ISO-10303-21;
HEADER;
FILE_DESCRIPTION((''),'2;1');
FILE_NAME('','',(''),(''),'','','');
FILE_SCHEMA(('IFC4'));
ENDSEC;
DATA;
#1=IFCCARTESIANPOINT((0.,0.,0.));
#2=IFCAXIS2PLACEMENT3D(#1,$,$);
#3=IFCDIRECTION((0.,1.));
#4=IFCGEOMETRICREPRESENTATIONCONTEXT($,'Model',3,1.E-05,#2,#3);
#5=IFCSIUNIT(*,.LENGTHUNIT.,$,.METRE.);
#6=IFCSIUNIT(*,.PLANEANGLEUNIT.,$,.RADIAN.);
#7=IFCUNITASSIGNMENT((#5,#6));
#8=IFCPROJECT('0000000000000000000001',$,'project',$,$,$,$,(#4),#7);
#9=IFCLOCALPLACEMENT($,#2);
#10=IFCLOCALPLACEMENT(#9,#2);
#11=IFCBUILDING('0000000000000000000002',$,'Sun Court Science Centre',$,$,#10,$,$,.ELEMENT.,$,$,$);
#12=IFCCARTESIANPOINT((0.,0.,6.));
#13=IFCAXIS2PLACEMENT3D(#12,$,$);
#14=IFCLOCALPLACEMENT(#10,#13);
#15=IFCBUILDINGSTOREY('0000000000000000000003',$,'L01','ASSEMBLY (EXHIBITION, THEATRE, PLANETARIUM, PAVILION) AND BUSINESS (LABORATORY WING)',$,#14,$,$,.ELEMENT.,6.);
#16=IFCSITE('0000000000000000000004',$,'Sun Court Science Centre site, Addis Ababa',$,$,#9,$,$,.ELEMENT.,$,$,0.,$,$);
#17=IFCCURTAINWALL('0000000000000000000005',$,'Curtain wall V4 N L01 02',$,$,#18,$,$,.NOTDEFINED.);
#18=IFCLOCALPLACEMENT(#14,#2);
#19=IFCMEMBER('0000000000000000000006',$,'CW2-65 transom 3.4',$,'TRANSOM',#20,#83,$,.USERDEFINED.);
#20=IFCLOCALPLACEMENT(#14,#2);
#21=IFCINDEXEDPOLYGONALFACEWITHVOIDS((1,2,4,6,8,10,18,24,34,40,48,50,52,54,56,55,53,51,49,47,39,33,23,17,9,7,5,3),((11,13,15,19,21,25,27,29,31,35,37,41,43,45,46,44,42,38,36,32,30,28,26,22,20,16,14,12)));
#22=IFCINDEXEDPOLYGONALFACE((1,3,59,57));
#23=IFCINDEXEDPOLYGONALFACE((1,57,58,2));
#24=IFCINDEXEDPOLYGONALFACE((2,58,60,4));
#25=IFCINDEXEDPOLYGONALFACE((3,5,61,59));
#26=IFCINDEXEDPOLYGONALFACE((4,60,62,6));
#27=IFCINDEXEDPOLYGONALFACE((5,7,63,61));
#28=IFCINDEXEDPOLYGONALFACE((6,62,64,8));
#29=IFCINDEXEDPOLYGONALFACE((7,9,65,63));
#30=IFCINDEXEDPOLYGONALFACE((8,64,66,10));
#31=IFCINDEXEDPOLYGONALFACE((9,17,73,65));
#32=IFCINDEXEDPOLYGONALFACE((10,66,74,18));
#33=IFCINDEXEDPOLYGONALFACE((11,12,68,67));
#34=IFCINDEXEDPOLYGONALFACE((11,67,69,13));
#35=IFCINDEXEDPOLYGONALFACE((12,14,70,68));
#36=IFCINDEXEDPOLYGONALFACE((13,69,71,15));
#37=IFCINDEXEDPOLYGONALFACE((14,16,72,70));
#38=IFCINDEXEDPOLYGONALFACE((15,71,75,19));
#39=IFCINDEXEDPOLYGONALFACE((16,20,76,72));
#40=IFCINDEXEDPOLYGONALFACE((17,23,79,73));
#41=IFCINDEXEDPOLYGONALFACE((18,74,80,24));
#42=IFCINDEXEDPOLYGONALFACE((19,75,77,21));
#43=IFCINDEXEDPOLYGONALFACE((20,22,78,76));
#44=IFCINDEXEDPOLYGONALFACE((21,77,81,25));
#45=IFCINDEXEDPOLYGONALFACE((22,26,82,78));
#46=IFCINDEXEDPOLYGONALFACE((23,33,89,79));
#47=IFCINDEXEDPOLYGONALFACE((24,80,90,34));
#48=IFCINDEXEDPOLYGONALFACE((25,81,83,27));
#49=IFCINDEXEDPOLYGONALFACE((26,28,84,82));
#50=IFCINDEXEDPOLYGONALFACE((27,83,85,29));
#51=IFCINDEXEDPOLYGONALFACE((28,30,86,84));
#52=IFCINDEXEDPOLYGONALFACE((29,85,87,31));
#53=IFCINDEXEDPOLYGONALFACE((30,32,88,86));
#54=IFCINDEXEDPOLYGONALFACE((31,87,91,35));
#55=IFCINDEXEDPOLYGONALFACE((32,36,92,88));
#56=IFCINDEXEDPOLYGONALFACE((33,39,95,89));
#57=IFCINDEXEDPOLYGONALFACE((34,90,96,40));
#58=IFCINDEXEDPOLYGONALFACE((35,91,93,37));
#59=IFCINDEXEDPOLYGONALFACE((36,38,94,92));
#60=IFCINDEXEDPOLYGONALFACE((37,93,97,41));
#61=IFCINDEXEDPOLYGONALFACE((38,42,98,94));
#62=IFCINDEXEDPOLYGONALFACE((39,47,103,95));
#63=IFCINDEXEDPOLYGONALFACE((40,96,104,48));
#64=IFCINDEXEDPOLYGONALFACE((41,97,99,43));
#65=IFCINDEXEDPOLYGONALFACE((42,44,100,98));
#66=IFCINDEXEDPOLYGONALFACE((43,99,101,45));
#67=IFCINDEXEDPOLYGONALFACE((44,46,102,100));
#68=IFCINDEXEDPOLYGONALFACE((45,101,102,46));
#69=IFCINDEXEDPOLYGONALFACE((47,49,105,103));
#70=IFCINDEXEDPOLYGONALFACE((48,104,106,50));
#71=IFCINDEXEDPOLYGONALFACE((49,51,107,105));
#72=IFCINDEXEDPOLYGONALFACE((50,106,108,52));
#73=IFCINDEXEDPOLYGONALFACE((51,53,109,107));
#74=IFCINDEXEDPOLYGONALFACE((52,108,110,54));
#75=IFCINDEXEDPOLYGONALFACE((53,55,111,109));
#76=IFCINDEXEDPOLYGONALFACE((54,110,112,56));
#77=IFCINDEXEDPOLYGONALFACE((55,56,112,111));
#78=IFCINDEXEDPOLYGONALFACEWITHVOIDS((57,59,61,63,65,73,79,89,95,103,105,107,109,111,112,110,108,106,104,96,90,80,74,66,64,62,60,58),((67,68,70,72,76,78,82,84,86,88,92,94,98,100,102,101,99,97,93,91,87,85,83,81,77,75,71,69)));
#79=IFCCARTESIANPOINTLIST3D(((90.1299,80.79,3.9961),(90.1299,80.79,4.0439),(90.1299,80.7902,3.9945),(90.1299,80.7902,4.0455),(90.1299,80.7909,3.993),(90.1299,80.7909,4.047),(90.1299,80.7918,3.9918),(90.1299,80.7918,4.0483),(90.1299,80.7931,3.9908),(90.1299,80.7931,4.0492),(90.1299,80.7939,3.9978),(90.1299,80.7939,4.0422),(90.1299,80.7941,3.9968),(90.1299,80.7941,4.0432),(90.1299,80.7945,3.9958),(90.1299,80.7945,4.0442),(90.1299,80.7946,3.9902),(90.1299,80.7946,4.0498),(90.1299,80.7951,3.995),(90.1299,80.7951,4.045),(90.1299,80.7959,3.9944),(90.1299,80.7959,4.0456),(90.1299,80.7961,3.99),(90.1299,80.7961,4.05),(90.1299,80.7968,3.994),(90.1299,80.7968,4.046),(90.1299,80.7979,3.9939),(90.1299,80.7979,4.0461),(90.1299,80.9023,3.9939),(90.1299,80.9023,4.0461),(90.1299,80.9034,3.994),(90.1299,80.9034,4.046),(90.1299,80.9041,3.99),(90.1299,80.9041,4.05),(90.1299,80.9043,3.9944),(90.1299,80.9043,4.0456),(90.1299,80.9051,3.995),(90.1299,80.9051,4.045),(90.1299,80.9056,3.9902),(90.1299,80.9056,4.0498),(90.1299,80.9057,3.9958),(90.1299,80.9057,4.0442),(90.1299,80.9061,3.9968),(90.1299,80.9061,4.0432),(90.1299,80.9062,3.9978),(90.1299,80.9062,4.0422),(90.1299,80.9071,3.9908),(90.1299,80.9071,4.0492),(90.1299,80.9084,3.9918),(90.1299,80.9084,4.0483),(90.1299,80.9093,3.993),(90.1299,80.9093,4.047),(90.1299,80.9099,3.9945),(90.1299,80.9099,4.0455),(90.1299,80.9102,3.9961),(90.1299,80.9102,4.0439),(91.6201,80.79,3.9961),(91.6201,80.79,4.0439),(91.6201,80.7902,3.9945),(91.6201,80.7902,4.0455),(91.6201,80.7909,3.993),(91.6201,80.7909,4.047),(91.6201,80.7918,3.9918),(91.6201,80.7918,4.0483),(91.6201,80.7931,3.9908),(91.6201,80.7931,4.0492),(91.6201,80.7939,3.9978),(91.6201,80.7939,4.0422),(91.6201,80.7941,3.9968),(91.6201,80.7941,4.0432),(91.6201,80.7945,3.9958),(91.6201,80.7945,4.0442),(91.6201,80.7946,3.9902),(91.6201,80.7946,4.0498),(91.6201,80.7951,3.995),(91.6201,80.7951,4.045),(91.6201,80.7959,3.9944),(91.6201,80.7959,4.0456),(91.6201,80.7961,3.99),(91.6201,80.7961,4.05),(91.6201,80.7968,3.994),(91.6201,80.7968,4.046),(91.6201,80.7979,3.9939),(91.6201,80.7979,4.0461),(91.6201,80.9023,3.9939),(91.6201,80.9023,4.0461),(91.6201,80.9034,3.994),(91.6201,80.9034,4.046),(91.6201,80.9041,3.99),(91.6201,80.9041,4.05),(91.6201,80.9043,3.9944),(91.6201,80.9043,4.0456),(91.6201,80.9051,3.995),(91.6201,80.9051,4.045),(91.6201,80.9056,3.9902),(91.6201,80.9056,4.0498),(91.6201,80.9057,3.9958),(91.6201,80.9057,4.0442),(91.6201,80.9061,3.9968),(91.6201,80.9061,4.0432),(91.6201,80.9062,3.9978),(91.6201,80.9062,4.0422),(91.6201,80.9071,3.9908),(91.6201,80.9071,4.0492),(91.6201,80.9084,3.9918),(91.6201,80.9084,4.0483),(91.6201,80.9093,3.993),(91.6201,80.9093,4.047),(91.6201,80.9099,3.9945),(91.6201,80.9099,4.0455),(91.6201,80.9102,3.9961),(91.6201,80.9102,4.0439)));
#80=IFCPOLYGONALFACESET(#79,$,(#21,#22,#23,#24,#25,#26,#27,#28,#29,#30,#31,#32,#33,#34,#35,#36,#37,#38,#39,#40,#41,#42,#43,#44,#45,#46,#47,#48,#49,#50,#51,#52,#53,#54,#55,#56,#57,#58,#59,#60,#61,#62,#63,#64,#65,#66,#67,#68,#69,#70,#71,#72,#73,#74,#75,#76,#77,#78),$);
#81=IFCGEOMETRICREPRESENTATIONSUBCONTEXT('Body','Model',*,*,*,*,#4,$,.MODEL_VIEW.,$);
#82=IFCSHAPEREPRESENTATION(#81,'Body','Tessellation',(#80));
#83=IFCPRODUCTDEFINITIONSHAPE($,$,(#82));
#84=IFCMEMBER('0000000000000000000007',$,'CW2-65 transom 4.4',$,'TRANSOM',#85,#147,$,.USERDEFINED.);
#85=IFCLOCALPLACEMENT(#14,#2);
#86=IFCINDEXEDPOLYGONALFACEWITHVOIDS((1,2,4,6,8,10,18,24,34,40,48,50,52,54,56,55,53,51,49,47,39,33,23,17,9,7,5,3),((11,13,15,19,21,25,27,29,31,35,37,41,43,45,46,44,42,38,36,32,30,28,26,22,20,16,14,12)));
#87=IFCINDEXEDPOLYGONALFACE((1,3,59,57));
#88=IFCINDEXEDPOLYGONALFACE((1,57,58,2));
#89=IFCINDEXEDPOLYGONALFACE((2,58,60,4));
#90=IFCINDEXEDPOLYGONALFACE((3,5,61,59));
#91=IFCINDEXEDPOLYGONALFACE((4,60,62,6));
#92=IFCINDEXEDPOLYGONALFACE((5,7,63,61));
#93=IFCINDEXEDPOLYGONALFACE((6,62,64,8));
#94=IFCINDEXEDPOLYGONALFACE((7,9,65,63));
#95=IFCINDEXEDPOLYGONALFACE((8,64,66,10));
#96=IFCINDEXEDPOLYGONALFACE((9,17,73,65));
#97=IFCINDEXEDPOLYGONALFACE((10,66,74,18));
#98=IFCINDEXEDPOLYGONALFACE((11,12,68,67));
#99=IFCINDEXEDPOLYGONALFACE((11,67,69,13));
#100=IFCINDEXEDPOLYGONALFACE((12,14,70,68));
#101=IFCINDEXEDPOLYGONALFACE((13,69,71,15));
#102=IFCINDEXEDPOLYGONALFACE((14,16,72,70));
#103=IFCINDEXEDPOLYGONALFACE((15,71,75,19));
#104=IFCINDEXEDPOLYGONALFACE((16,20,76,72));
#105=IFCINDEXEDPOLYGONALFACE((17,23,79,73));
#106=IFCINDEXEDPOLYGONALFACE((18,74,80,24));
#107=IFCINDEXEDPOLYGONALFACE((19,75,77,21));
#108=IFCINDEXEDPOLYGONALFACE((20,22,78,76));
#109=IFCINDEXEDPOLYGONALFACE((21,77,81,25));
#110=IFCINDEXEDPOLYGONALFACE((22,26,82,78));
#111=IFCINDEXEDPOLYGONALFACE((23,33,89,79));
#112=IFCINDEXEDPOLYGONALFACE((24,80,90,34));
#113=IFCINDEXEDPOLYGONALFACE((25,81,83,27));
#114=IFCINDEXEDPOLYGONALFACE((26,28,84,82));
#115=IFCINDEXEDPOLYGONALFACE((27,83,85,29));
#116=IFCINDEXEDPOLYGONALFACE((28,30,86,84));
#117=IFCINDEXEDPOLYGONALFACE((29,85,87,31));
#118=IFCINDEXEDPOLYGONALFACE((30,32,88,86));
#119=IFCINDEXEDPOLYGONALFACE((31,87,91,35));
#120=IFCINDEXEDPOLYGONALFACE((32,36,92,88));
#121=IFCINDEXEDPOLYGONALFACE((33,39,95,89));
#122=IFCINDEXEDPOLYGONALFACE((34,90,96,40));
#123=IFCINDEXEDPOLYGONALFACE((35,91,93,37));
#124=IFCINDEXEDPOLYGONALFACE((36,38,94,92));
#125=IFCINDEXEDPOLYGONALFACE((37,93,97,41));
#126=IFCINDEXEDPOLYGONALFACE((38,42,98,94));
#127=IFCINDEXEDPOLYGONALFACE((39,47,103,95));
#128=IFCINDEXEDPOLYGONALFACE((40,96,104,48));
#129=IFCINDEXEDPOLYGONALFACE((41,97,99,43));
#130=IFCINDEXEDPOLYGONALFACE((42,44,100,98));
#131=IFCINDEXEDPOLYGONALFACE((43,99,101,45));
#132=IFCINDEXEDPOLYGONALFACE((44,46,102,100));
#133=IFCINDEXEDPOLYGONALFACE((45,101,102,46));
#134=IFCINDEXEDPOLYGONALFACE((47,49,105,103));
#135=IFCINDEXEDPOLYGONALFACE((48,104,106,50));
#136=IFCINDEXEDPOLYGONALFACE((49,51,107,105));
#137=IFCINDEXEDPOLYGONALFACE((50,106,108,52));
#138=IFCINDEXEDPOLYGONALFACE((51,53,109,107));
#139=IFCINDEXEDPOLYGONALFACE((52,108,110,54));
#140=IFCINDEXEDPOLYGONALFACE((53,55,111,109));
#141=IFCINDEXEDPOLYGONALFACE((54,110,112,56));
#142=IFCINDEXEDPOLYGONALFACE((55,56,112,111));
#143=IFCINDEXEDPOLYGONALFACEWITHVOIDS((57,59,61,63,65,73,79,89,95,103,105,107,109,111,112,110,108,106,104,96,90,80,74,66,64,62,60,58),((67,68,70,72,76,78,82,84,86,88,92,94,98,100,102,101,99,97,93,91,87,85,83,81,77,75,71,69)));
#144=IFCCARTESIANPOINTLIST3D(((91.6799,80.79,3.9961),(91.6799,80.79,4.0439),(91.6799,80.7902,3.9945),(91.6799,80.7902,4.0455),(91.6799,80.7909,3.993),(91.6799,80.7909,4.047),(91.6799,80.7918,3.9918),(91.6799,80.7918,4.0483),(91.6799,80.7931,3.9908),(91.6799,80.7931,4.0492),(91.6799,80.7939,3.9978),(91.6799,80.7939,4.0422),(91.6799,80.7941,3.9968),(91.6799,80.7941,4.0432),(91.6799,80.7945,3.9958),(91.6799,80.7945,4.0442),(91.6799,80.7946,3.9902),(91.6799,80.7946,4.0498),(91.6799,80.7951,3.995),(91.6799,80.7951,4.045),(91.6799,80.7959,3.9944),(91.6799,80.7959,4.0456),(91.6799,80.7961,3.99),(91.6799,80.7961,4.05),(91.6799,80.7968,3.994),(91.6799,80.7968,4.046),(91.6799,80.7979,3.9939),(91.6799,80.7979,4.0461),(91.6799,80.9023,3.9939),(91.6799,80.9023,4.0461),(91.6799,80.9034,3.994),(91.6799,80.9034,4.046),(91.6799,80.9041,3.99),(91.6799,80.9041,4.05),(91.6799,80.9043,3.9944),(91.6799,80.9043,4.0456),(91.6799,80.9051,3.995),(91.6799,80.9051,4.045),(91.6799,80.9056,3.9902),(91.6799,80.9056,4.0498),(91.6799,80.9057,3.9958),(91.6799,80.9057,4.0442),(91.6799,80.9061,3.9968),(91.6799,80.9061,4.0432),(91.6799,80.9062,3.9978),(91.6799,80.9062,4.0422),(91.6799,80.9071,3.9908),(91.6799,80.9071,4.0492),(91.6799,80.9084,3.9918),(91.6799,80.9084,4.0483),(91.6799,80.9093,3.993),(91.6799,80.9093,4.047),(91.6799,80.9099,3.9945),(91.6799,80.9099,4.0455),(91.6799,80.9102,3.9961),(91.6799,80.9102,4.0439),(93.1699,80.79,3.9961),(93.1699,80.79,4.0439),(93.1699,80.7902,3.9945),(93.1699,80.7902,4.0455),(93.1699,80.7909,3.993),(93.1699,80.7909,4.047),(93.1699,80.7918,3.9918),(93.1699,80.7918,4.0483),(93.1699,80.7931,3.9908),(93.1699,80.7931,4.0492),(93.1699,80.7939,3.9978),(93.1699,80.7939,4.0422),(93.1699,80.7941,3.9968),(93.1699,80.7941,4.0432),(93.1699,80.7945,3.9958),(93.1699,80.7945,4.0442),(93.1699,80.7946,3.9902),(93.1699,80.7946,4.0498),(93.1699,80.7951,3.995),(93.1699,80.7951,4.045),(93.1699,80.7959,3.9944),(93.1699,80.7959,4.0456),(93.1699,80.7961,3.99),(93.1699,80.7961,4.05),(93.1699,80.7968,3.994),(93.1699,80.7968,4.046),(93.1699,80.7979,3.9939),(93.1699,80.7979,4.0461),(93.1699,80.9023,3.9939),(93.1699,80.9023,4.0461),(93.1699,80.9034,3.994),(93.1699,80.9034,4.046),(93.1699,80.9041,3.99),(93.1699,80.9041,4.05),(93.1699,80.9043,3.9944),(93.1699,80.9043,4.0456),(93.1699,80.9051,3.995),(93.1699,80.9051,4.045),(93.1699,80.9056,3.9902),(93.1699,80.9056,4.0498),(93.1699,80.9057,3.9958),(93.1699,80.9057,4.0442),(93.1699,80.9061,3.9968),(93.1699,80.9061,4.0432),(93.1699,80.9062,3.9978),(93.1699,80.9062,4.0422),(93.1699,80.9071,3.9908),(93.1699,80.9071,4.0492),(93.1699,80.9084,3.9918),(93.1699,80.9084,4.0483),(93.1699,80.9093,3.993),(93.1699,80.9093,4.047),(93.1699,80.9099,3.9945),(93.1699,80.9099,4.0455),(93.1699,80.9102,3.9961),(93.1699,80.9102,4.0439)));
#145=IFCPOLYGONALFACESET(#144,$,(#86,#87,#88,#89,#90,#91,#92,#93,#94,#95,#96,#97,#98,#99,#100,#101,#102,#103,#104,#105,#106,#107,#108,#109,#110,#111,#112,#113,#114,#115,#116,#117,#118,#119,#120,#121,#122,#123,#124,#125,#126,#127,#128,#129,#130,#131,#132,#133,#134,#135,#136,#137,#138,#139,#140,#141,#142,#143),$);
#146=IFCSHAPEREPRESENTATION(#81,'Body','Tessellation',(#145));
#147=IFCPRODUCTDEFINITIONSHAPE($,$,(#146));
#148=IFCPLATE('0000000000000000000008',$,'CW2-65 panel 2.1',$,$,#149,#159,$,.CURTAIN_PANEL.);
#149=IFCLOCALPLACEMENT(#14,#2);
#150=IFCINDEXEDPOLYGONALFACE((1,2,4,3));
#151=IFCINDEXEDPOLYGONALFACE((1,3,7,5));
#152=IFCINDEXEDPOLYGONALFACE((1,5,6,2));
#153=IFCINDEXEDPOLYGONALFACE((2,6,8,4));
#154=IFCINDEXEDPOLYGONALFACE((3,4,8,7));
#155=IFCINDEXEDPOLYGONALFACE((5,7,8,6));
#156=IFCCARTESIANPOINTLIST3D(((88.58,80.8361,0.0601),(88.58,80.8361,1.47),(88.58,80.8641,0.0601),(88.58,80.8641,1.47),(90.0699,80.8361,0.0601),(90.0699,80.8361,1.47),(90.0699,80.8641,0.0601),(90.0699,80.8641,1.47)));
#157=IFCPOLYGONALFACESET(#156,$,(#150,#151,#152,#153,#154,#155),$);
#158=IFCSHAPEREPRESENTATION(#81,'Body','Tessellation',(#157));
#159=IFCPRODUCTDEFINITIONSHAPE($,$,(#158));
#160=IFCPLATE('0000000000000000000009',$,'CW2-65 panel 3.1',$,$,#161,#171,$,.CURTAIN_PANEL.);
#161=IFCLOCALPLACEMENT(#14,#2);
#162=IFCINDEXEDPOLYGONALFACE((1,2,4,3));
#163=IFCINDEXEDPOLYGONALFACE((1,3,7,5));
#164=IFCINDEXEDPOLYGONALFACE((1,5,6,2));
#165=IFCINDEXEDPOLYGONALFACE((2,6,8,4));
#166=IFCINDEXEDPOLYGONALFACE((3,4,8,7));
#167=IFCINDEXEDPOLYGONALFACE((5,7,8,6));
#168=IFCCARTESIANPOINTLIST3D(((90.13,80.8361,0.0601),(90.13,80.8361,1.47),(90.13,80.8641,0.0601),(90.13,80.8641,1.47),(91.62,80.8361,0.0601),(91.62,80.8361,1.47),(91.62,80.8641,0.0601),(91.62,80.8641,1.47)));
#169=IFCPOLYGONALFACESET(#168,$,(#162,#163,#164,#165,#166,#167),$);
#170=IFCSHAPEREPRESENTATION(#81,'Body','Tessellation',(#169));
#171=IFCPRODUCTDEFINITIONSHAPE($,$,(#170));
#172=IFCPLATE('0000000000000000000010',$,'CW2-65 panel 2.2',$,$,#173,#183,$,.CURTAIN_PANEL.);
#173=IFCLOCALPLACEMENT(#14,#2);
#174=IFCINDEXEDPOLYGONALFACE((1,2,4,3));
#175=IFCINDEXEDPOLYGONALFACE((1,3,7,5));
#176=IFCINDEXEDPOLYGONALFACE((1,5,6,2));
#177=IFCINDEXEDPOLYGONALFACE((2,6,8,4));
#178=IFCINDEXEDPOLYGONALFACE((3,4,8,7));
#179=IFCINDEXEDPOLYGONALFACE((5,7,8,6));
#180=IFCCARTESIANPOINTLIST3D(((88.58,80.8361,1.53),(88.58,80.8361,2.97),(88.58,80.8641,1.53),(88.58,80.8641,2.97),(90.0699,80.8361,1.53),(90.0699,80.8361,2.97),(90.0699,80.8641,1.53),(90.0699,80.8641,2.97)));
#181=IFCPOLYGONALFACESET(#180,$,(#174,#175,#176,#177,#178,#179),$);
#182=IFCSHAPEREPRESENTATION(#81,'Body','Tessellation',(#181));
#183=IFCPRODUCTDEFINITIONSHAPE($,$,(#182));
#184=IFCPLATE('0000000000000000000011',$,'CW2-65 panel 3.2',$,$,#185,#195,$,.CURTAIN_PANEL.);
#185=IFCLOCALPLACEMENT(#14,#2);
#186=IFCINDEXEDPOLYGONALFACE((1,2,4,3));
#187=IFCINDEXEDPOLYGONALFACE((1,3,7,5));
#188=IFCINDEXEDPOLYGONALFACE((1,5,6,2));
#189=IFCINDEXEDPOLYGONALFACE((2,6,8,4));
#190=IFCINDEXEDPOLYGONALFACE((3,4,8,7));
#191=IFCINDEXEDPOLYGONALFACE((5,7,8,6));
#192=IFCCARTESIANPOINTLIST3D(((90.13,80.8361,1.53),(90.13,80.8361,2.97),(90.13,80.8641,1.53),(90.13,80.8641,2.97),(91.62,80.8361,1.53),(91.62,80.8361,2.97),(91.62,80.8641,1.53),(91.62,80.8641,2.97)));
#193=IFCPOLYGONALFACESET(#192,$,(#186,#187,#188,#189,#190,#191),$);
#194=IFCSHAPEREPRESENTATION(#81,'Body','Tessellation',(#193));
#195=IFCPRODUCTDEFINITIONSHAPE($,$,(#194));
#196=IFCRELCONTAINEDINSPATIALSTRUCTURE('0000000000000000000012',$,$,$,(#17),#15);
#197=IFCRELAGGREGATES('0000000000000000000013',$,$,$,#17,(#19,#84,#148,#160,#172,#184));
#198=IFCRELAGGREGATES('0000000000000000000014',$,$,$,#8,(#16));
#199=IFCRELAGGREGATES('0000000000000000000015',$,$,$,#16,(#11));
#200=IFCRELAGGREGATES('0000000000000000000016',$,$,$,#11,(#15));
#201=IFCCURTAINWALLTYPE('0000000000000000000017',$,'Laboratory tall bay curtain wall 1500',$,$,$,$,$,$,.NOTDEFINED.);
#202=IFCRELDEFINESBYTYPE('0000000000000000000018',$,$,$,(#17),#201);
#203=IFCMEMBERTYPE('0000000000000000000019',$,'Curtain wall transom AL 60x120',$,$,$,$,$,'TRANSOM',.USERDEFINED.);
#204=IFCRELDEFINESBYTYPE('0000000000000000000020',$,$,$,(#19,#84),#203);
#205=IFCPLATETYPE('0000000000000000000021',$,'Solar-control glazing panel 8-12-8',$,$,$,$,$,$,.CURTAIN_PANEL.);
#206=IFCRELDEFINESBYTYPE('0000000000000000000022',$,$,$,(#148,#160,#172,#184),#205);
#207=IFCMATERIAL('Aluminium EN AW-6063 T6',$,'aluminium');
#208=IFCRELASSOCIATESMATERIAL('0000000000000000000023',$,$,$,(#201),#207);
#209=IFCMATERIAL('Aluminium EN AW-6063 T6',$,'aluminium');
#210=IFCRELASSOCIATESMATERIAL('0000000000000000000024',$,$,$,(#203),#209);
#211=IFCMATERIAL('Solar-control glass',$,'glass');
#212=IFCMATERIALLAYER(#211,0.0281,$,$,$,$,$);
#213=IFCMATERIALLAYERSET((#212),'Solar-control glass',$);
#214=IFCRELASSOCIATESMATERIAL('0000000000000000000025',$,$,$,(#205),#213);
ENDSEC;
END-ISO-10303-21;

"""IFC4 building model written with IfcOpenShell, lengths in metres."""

from ifc_helpers import new_model, si_unit, direction, frame, origin, origin_2d, place, context, subcontext, project, spatial, rectangle, hollow_rectangle, extrude, material, layer, layer_set, material_profile, profile_set, type_object, element, aggregate, save


model = new_model("IFC4")

# Units and contexts
model_context = context("Model", 3, precision=1e-05, world=origin(), true_north=direction((0.0, 1.0)))
body_context = subcontext(model_context, "Body", "Model", "MODEL_VIEW")
ifc_project = project(units=[si_unit("LENGTHUNIT", "METRE"), si_unit("PLANEANGLEUNIT", "RADIAN")], contexts=[model_context])

# Site, building, storey
site_placement = place(None, origin())
site = spatial("IfcSite", under=ifc_project, at=site_placement, Name="Sun Court Science Centre site, Addis Ababa", CompositionType="ELEMENT", RefElevation=0.0)
building_placement = place(site_placement, origin())
building = spatial("IfcBuilding", under=site, at=building_placement, Name="Sun Court Science Centre", CompositionType="ELEMENT")
storey_placement = place(building_placement, frame((0.0, 0.0, 6.0)))
storey = spatial("IfcBuildingStorey", under=building, at=storey_placement, Name="L01", Description="ASSEMBLY (EXHIBITION, THEATRE, PLANETARIUM, PAVILION) AND BUSINESS (LABORATORY WING)", CompositionType="ELEMENT", Elevation=6.0)

# Curtain wall, members, plates
ifc_material_1 = material(Name="Aluminium EN AW-6063 T6", Category="aluminium")
curtain_wall_type = type_object("IfcCurtainWallType", Name="Laboratory tall bay curtain wall 1500", PredefinedType="NOTDEFINED", material=ifc_material_1)
curtain_wall_placement = place(storey_placement, origin())
curtain_wall = element("IfcCurtainWall", 1, at=curtain_wall_placement, inside=storey, type_object=curtain_wall_type, Name="Curtain wall V4 N L01 02", PredefinedType="NOTDEFINED")
ifc_material_2 = material(Name="Aluminium EN AW-6063 T6", Category="aluminium")
ifc_material_profile_1 = material_profile(ifc_material_2, hollow_rectangle(XDim=0.0601, YDim=0.1201, WallThickness=0.0039, InnerFilletRadius=0.0039, OuterFilletRadius=0.0061, at=origin_2d()), Name="AL 60x120x4")
ifc_profile_set_1 = profile_set([ifc_material_profile_1], Name="Aluminium EN AW-6063 T6")
member_type_1 = type_object("IfcMemberType", Name="Curtain wall transom AL 60x120", ElementType="TRANSOM", PredefinedType="USERDEFINED", material=ifc_profile_set_1)
member_1_placement = place(storey_placement, frame((90.1299, 80.8501, 4.02), z_axis=(1.0, 0.0, 0.0), x_axis=(0.0, 0.0, 1.0)))
member_1 = element("IfcMember", 2, at=member_1_placement, type_object=member_type_1, Name="CW2-65 transom 3.4", ObjectType="TRANSOM", PredefinedType="USERDEFINED", context=body_context, shape_type="SweptSolid", body=[
    extrude(hollow_rectangle(XDim=0.0601, YDim=0.1201, WallThickness=0.0039, InnerFilletRadius=0.0039, OuterFilletRadius=0.0061, at=origin_2d()), origin(), (0.0, 0.0, 1.0), 1.4902),
])
member_2_placement = place(storey_placement, frame((91.6799, 80.8501, 4.02), z_axis=(1.0, 0.0, 0.0), x_axis=(0.0, 0.0, 1.0)))
member_2 = element("IfcMember", 3, at=member_2_placement, type_object=member_type_1, Name="CW2-65 transom 4.4", ObjectType="TRANSOM", PredefinedType="USERDEFINED", context=body_context, shape_type="SweptSolid", body=[
    extrude(hollow_rectangle(XDim=0.0601, YDim=0.1201, WallThickness=0.0039, InnerFilletRadius=0.0039, OuterFilletRadius=0.0061, at=origin_2d()), origin(), (0.0, 0.0, 1.0), 1.49),
])
ifc_material_3 = material(Name="Solar-control glass", Category="glass")
ifc_layer_1 = layer(ifc_material_3, 0.0281)
ifc_layer_set_1 = layer_set([ifc_layer_1], Name="Solar-control glass")
plate_type = type_object("IfcPlateType", Name="Solar-control glazing panel 8-12-8", PredefinedType="CURTAIN_PANEL", material=ifc_layer_set_1)
plate_1_placement = place(storey_placement, frame((89.325, 80.8501, 0.0601), z_axis=(0.0, 0.0, 1.0), x_axis=(1.0, 0.0, 0.0)))
plate_1 = element("IfcPlate", 4, at=plate_1_placement, type_object=plate_type, Name="CW2-65 panel 2.1", PredefinedType="CURTAIN_PANEL", context=body_context, shape_type="SweptSolid", body=[
    extrude(rectangle(XDim=1.49, YDim=0.0281, at=origin_2d()), origin(), (0.0, 0.0, 1.0), 1.4099),
])
plate_2_placement = place(storey_placement, frame((90.875, 80.8501, 0.0601), z_axis=(0.0, 0.0, 1.0), x_axis=(1.0, 0.0, 0.0)))
plate_2 = element("IfcPlate", 5, at=plate_2_placement, type_object=plate_type, Name="CW2-65 panel 3.1", PredefinedType="CURTAIN_PANEL", context=body_context, shape_type="SweptSolid", body=[
    extrude(rectangle(XDim=1.49, YDim=0.0281, at=origin_2d()), origin(), (0.0, 0.0, 1.0), 1.4099),
])
plate_3_placement = place(storey_placement, frame((89.325, 80.8501, 1.53), z_axis=(0.0, 0.0, 1.0), x_axis=(1.0, 0.0, 0.0)))
plate_3 = element("IfcPlate", 6, at=plate_3_placement, type_object=plate_type, Name="CW2-65 panel 2.2", PredefinedType="CURTAIN_PANEL", context=body_context, shape_type="SweptSolid", body=[
    extrude(rectangle(XDim=1.49, YDim=0.0281, at=origin_2d()), origin(), (0.0, 0.0, 1.0), 1.4399),
])
plate_4_placement = place(storey_placement, frame((90.875, 80.8501, 1.53), z_axis=(0.0, 0.0, 1.0), x_axis=(1.0, 0.0, 0.0)))
plate_4 = element("IfcPlate", 7, at=plate_4_placement, type_object=plate_type, Name="CW2-65 panel 3.2", PredefinedType="CURTAIN_PANEL", context=body_context, shape_type="SweptSolid", body=[
    extrude(rectangle(XDim=1.49, YDim=0.0281, at=origin_2d()), origin(), (0.0, 0.0, 1.0), 1.4399),
])
aggregate(curtain_wall, [member_1, member_2, plate_1, plate_2, plate_3, plate_4])

save(model, "model.ifc")
